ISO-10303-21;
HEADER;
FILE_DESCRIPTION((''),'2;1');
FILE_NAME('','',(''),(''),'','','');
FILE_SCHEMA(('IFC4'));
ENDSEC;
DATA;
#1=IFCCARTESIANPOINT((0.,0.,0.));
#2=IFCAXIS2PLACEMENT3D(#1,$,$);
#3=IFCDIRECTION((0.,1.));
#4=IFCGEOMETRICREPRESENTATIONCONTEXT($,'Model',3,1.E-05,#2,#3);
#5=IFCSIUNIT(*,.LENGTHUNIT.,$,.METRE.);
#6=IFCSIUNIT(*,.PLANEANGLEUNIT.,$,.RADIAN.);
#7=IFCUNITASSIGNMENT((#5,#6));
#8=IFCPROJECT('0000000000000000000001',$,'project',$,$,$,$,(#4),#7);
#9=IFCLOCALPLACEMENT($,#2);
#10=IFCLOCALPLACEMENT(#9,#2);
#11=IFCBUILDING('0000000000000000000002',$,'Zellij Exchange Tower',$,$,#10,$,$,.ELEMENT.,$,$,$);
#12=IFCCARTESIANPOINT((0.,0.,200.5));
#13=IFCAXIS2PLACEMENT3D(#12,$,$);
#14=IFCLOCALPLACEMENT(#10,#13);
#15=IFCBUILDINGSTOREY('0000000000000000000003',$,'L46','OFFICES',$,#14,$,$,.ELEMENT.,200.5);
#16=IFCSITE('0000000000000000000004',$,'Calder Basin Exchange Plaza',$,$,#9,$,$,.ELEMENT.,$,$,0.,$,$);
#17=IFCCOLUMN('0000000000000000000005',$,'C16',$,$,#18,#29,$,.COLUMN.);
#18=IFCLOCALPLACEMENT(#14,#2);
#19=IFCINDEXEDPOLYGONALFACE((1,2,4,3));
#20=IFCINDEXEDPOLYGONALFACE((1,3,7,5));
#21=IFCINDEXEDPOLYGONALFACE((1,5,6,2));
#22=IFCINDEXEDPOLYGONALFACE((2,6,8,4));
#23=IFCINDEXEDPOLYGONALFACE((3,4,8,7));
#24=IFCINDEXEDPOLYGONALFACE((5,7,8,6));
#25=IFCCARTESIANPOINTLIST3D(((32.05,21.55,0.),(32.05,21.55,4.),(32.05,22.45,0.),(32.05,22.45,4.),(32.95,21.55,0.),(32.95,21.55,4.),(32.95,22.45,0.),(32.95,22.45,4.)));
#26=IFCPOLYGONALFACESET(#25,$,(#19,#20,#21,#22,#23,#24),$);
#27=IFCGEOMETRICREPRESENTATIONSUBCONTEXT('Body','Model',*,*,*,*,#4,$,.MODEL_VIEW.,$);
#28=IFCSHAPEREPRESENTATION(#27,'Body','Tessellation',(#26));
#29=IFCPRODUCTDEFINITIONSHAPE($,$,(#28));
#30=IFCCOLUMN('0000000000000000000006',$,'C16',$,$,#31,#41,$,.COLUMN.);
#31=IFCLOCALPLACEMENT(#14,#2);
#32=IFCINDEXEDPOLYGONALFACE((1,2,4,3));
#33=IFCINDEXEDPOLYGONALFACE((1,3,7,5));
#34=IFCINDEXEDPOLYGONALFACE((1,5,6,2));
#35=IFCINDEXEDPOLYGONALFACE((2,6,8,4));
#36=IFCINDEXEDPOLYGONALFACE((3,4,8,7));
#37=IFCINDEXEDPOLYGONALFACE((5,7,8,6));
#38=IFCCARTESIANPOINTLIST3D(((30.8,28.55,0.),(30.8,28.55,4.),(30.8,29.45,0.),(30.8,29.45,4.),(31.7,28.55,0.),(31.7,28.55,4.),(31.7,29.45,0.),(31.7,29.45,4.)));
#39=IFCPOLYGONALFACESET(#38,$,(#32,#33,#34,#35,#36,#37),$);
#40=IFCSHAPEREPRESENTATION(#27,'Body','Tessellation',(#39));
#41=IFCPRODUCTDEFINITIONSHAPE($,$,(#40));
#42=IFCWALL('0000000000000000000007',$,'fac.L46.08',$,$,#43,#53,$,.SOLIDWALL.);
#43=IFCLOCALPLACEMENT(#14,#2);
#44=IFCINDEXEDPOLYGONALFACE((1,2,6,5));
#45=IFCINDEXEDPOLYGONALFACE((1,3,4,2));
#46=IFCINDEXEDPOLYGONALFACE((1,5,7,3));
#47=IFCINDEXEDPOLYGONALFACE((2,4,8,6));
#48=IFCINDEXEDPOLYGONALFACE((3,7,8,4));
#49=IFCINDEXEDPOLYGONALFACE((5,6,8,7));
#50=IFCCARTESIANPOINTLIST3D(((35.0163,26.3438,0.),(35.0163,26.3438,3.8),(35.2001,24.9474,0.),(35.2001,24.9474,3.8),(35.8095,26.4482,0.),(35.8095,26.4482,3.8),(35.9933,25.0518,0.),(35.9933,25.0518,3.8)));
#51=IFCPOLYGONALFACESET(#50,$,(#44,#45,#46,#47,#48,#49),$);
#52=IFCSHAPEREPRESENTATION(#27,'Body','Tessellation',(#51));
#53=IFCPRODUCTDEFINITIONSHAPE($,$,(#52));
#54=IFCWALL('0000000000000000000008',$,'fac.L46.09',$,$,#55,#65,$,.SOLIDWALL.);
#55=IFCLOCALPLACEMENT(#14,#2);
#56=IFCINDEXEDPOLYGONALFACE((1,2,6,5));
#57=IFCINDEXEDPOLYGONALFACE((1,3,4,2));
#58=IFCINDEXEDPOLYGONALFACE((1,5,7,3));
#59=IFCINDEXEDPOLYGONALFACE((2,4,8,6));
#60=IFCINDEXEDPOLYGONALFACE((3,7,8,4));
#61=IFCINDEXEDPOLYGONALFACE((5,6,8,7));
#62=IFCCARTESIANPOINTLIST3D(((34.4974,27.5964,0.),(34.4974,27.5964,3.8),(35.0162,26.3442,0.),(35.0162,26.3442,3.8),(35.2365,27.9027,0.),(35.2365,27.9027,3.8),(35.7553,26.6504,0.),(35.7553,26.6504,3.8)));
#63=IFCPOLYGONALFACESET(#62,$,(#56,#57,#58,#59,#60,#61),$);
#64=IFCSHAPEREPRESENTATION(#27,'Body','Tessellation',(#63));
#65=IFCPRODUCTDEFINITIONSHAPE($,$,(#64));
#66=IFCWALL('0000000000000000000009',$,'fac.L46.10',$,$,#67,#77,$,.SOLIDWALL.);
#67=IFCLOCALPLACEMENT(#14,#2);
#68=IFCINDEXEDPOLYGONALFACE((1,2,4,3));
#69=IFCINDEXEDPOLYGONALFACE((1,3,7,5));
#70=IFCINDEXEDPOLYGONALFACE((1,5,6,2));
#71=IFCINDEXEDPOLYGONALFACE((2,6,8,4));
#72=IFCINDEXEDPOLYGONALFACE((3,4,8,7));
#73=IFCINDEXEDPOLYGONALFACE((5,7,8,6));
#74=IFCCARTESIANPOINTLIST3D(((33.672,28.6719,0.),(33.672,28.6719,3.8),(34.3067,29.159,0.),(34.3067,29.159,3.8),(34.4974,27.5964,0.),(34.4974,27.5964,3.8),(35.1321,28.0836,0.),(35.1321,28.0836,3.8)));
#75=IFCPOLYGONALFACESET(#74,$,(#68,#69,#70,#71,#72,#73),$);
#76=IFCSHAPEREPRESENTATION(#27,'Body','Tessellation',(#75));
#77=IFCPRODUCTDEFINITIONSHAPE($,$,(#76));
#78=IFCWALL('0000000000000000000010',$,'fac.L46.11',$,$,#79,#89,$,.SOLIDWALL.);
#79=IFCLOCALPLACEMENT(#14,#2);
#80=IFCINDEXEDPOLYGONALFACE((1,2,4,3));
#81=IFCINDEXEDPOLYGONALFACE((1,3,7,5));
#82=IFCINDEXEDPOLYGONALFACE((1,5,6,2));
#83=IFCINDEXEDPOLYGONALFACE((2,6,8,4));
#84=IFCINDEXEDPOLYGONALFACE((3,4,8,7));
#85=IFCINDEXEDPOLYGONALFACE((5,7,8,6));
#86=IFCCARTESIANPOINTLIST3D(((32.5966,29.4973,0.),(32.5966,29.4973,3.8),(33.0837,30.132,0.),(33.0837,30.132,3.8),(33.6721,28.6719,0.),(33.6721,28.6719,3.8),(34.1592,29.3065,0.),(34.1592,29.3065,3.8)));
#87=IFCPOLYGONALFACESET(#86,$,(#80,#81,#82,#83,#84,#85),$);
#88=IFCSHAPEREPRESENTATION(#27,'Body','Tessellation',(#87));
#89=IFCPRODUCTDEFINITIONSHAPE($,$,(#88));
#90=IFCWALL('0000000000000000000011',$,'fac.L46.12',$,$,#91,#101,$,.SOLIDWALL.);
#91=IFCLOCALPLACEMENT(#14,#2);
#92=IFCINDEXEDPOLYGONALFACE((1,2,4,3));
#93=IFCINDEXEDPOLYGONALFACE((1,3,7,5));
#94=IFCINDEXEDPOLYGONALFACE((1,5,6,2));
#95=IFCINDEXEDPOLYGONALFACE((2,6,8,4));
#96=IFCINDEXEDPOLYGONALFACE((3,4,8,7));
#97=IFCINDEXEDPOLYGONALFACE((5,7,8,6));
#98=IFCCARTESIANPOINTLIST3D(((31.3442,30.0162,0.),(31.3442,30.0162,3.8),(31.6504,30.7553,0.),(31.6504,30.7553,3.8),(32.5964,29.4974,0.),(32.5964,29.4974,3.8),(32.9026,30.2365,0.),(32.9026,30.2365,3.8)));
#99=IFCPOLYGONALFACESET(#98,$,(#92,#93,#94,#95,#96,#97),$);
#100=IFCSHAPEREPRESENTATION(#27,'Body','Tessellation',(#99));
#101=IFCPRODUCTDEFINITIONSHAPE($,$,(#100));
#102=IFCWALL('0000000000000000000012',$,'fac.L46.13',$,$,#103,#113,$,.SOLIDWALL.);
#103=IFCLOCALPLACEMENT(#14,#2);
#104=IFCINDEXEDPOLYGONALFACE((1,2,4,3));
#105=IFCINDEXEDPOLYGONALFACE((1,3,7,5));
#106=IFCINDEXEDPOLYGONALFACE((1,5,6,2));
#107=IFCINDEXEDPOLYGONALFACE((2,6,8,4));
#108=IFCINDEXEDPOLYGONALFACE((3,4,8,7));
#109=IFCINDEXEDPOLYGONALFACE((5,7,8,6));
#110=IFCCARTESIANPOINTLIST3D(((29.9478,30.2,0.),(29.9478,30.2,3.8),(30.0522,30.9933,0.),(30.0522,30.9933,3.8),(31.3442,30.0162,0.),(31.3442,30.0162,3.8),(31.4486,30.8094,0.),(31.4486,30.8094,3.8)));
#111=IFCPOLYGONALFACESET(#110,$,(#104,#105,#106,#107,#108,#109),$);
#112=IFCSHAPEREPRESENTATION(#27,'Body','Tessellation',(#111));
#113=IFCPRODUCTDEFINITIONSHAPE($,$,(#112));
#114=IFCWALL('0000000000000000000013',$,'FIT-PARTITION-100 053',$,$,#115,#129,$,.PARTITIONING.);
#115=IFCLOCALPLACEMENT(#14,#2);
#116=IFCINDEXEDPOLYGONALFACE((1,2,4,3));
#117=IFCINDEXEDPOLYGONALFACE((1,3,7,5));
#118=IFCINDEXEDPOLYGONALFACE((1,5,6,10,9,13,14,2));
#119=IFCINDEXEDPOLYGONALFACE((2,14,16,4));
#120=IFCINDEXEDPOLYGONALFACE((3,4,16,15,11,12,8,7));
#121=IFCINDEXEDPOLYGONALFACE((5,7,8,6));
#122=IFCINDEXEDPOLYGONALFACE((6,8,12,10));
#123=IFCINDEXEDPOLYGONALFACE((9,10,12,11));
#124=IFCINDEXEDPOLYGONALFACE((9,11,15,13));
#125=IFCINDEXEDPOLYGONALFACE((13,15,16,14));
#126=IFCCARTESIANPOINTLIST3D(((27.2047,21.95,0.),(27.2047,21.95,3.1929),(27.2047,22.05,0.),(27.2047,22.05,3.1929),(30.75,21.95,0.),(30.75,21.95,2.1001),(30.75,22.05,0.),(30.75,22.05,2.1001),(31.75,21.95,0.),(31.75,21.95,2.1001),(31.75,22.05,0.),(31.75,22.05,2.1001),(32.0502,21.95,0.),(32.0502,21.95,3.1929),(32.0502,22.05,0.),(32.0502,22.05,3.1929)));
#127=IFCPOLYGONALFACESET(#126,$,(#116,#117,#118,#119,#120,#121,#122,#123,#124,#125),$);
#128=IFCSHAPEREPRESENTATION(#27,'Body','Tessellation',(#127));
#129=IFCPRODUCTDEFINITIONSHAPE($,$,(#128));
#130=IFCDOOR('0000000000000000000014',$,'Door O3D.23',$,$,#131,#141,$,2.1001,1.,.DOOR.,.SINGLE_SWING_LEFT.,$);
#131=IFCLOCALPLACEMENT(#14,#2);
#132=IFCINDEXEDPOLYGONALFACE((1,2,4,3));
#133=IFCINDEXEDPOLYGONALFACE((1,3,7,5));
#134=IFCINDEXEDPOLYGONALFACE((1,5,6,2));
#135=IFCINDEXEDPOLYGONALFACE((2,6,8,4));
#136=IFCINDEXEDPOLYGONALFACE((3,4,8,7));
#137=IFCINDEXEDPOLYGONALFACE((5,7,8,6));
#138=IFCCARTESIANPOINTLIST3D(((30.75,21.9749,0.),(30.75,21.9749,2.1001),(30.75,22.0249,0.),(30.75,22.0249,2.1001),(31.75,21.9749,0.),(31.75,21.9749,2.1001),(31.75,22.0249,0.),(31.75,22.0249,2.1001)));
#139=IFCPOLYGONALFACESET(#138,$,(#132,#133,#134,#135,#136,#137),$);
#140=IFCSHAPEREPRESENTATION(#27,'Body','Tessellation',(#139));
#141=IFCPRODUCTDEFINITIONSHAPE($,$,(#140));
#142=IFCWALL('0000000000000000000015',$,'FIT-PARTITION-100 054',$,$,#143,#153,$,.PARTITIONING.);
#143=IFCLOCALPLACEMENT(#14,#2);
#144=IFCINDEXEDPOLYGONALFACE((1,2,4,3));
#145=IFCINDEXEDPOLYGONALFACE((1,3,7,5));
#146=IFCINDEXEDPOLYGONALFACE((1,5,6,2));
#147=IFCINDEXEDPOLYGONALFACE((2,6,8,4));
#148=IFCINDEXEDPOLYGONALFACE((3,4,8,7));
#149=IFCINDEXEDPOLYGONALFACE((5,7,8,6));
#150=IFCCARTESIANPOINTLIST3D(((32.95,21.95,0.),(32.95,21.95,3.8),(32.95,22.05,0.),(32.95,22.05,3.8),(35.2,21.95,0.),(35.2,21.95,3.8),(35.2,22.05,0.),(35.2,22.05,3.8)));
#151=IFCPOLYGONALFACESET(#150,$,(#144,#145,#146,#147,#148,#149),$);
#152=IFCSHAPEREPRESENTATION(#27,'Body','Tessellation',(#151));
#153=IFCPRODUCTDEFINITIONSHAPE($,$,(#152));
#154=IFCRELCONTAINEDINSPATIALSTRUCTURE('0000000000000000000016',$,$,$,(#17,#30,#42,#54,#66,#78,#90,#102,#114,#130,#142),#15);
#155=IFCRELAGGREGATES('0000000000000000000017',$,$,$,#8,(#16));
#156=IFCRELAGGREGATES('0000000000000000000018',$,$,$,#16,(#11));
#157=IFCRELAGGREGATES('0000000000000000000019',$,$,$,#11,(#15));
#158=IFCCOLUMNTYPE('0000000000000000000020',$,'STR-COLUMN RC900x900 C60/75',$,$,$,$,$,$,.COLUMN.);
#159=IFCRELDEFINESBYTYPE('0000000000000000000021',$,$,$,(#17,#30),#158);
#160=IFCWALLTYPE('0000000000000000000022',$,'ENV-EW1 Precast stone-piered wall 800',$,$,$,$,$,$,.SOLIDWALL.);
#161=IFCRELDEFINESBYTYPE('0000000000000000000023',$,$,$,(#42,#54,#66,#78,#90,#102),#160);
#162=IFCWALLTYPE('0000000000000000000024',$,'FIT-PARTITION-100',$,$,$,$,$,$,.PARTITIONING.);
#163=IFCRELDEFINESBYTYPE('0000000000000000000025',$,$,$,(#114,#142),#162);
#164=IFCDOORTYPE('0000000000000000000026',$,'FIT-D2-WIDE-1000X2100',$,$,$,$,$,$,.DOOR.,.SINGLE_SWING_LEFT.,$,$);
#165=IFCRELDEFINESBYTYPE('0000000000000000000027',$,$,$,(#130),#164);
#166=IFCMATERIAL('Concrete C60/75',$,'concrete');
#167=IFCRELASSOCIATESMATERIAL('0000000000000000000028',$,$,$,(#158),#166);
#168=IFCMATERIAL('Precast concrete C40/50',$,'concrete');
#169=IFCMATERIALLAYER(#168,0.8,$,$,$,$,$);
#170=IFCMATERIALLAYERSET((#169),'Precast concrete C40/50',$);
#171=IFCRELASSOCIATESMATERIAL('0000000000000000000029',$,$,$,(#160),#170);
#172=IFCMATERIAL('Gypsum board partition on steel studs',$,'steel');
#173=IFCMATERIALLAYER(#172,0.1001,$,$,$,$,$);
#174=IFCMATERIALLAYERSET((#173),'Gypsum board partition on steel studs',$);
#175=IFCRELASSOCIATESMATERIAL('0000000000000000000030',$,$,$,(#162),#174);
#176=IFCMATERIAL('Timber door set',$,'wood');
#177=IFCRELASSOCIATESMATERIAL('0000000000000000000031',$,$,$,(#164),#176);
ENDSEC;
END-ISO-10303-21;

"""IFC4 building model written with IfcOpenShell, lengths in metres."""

from ifc_helpers import new_model, si_unit, direction, frame, frame_2d, origin, origin_2d, place, context, subcontext, project, spatial, rectangle, extrude, material, layer, layer_set, material_profile, profile_set, type_object, element, fill, save


model = new_model("IFC4")

# Units and contexts
model_context = context("Model", 3, precision=1e-05, world=origin(), true_north=direction((0.0, 1.0)))
body_context = subcontext(model_context, "Body", "Model", "MODEL_VIEW")
ifc_project = project(units=[si_unit("LENGTHUNIT", "METRE"), si_unit("PLANEANGLEUNIT", "RADIAN")], contexts=[model_context])

# Site, building, storey
site_placement = place(None, origin())
site = spatial("IfcSite", under=ifc_project, at=site_placement, Name="Calder Basin Exchange Plaza", CompositionType="ELEMENT", RefElevation=0.0)
building_placement = place(site_placement, origin())
building = spatial("IfcBuilding", under=site, at=building_placement, Name="Zellij Exchange Tower", CompositionType="ELEMENT")
storey_placement = place(building_placement, frame((0.0, 0.0, 200.5)))
storey = spatial("IfcBuildingStorey", under=building, at=storey_placement, Name="L46", Description="OFFICES", CompositionType="ELEMENT", Elevation=200.5)

# Columns
ifc_material_1 = material(Name="Concrete C60/75", Category="concrete")
ifc_material_profile = material_profile(ifc_material_1, rectangle(XDim=0.8999, YDim=0.8999, at=origin_2d()), Name="STR-COLUMN RC900x900 C60/75")
ifc_profile_set = profile_set([ifc_material_profile], Name="Concrete C60/75")
column_type = type_object("IfcColumnType", Name="STR-COLUMN RC900x900 C60/75", PredefinedType="COLUMN", material=ifc_profile_set)
for number, where, z_axis, x_axis, name in (
    (1, (32.5, 22.0, 0.0), (0.0, 0.0, 1.0), (1.0, 0.0, 0.0), "C16"),
    (2, (31.25, 29.0, 0.0), (0.0, 0.0, 1.0), (1.0, 0.0, 0.0), "C16"),
):
    element("IfcColumn", number, at=place(storey_placement, frame(where, z_axis=z_axis, x_axis=x_axis)), inside=storey, type_object=column_type, Name=name, PredefinedType="COLUMN", context=body_context, shape_type="SweptSolid", body=[
        extrude(rectangle(XDim=0.8999, YDim=0.8999, at=origin_2d()), origin(), (0.0, 0.0, 1.0), 4.0),
    ])

# Walls
ifc_material_2 = material(Name="Precast concrete C40/50", Category="concrete")
ifc_layer_1 = layer(ifc_material_2, 0.8)
ifc_layer_set_1 = layer_set([ifc_layer_1], Name="Precast concrete C40/50")
wall_type_1 = type_object("IfcWallType", Name="ENV-EW1 Precast stone-piered wall 800", PredefinedType="SOLIDWALL", material=ifc_layer_set_1)
wall_1_placement = place(storey_placement, frame((35.5967, 24.9998, 0.0), z_axis=(0.0, 0.0, 1.0), x_axis=(-0.130517, 0.991446, 0.0)))
element("IfcWall", 3, at=wall_1_placement, inside=storey, type_object=wall_type_1, Name="fac.L46.08", PredefinedType="SOLIDWALL", context=body_context, shape_type="SweptSolid", body=[
    extrude(rectangle(XDim=1.4084, YDim=0.8, at=frame_2d((0.7041, 0.0))), origin(), (0.0, 0.0, 1.0), 3.8),
])
wall_2_placement = place(storey_placement, frame((35.3857, 26.4973, 0.0), z_axis=(0.0, 0.0, 1.0), x_axis=(-0.38276, 0.923848, 0.0)))
element("IfcWall", 4, at=wall_2_placement, inside=storey, type_object=wall_type_1, Name="fac.L46.09", PredefinedType="SOLIDWALL", context=body_context, shape_type="SweptSolid", body=[
    extrude(rectangle(XDim=1.3555, YDim=0.8, at=frame_2d((0.6777, 0.0))), origin(), (0.0, 0.0, 1.0), 3.8),
])
for number, where, z_axis, x_axis, name in (
    (5, (34.8147, 27.8401, 0.0), (0.0, 0.0, 1.0), (-0.608866, 0.793273, 0.0), "fac.L46.10"),
    (6, (33.9155, 28.9893, 0.0), (0.0, 0.0, 1.0), (-0.793273, 0.608866, 0.0), "fac.L46.11"),
):
    element("IfcWall", number, at=place(storey_placement, frame(where, z_axis=z_axis, x_axis=x_axis)), inside=storey, type_object=wall_type_1, Name=name, PredefinedType="SOLIDWALL", context=body_context, shape_type="SweptSolid", body=[
        extrude(rectangle(XDim=1.3557, YDim=0.8, at=frame_2d((0.6777, 0.0))), origin(), (0.0, 0.0, 1.0), 3.8),
    ])
wall_3_placement = place(storey_placement, frame((32.7495, 29.8669, 0.0), z_axis=(0.0, 0.0, 1.0), x_axis=(-0.923848, 0.38276, 0.0)))
element("IfcWall", 7, at=wall_3_placement, inside=storey, type_object=wall_type_1, Name="fac.L46.12", PredefinedType="SOLIDWALL", context=body_context, shape_type="SweptSolid", body=[
    extrude(rectangle(XDim=1.3555, YDim=0.8, at=frame_2d((0.6777, 0.0))), origin(), (0.0, 0.0, 1.0), 3.8),
])
wall_4_placement = place(storey_placement, frame((31.3962, 30.4128, 0.0), z_axis=(0.0, 0.0, 1.0), x_axis=(-0.991446, 0.130517, 0.0)))
element("IfcWall", 8, at=wall_4_placement, inside=storey, type_object=wall_type_1, Name="fac.L46.13", PredefinedType="SOLIDWALL", context=body_context, shape_type="SweptSolid", body=[
    extrude(rectangle(XDim=1.4084, YDim=0.8, at=frame_2d((0.7041, 0.0))), origin(), (0.0, 0.0, 1.0), 3.8),
])

# Wall, opening, door
ifc_material_3 = material(Name="Gypsum board partition on steel studs", Category="steel")
ifc_layer_2 = layer(ifc_material_3, 0.1001)
ifc_layer_set_2 = layer_set([ifc_layer_2], Name="Gypsum board partition on steel studs")
wall_type_2 = type_object("IfcWallType", Name="FIT-PARTITION-100", PredefinedType="PARTITIONING", material=ifc_layer_set_2)
wall_5_placement = place(storey_placement, frame((27.2046, 22.0, 0.0), z_axis=(0.0, 0.0, 1.0), x_axis=(1.0, 0.0, 0.0)))
wall_5 = element("IfcWall", 9, at=wall_5_placement, inside=storey, type_object=wall_type_2, Name="FIT-PARTITION-100 053", PredefinedType="PARTITIONING", context=body_context, shape_type="SweptSolid", body=[
    extrude(rectangle(XDim=4.8455, YDim=0.1001, at=frame_2d((2.4229, 0.0))), origin(), (0.0, 0.0, 1.0), 3.1929),
])
opening_1_placement = place(wall_5_placement, frame((3.5454, 0.0, 0.0)))
opening_1 = element("IfcOpeningElement", 10, at=opening_1_placement, cuts=wall_5, PredefinedType="OPENING", context=body_context, shape_type="SweptSolid", body=[
    extrude(rectangle(XDim=1.0, YDim=2.1001, at=frame_2d((0.5, 1.05))), frame((0.0, 0.062, 0.0), z_axis=(0.0, -1.0, 0.0), x_axis=(1.0, 0.0, 0.0)), (0.0, 0.0, 1.0), 0.124),
])
ifc_material_4 = material(Name="Timber door set", Category="wood")
door_type = type_object("IfcDoorType", Name="FIT-D2-WIDE-1000X2100", OperationType="SINGLE_SWING_LEFT", PredefinedType="DOOR", material=ifc_material_4)
door_placement = place(opening_1_placement, origin())
door = element("IfcDoor", 11, at=door_placement, inside=storey, type_object=door_type, Name="Door O3D.23", OperationType="SINGLE_SWING_LEFT", OverallHeight=2.1001, OverallWidth=1.0, PredefinedType="DOOR", context=body_context, shape_type="SweptSolid", body=[
    extrude(rectangle(XDim=1.0, YDim=2.1001, at=frame_2d((0.5, 1.05))), frame((0.0, 0.0249, 0.0), z_axis=(0.0, -1.0, 0.0), x_axis=(1.0, 0.0, 0.0)), (0.0, 0.0, 1.0), 0.05),
])
fill(opening_1, door)

# Wall
wall_6_placement = place(storey_placement, frame((32.95, 22.0, 0.0), z_axis=(0.0, 0.0, 1.0), x_axis=(1.0, 0.0, 0.0)))
element("IfcWall", 12, at=wall_6_placement, inside=storey, type_object=wall_type_2, Name="FIT-PARTITION-100 054", PredefinedType="PARTITIONING", context=body_context, shape_type="SweptSolid", body=[
    extrude(rectangle(XDim=2.25, YDim=0.1001, at=frame_2d((1.125, 0.0))), origin(), (0.0, 0.0, 1.0), 3.8),
])

save(model, "model.ifc")
